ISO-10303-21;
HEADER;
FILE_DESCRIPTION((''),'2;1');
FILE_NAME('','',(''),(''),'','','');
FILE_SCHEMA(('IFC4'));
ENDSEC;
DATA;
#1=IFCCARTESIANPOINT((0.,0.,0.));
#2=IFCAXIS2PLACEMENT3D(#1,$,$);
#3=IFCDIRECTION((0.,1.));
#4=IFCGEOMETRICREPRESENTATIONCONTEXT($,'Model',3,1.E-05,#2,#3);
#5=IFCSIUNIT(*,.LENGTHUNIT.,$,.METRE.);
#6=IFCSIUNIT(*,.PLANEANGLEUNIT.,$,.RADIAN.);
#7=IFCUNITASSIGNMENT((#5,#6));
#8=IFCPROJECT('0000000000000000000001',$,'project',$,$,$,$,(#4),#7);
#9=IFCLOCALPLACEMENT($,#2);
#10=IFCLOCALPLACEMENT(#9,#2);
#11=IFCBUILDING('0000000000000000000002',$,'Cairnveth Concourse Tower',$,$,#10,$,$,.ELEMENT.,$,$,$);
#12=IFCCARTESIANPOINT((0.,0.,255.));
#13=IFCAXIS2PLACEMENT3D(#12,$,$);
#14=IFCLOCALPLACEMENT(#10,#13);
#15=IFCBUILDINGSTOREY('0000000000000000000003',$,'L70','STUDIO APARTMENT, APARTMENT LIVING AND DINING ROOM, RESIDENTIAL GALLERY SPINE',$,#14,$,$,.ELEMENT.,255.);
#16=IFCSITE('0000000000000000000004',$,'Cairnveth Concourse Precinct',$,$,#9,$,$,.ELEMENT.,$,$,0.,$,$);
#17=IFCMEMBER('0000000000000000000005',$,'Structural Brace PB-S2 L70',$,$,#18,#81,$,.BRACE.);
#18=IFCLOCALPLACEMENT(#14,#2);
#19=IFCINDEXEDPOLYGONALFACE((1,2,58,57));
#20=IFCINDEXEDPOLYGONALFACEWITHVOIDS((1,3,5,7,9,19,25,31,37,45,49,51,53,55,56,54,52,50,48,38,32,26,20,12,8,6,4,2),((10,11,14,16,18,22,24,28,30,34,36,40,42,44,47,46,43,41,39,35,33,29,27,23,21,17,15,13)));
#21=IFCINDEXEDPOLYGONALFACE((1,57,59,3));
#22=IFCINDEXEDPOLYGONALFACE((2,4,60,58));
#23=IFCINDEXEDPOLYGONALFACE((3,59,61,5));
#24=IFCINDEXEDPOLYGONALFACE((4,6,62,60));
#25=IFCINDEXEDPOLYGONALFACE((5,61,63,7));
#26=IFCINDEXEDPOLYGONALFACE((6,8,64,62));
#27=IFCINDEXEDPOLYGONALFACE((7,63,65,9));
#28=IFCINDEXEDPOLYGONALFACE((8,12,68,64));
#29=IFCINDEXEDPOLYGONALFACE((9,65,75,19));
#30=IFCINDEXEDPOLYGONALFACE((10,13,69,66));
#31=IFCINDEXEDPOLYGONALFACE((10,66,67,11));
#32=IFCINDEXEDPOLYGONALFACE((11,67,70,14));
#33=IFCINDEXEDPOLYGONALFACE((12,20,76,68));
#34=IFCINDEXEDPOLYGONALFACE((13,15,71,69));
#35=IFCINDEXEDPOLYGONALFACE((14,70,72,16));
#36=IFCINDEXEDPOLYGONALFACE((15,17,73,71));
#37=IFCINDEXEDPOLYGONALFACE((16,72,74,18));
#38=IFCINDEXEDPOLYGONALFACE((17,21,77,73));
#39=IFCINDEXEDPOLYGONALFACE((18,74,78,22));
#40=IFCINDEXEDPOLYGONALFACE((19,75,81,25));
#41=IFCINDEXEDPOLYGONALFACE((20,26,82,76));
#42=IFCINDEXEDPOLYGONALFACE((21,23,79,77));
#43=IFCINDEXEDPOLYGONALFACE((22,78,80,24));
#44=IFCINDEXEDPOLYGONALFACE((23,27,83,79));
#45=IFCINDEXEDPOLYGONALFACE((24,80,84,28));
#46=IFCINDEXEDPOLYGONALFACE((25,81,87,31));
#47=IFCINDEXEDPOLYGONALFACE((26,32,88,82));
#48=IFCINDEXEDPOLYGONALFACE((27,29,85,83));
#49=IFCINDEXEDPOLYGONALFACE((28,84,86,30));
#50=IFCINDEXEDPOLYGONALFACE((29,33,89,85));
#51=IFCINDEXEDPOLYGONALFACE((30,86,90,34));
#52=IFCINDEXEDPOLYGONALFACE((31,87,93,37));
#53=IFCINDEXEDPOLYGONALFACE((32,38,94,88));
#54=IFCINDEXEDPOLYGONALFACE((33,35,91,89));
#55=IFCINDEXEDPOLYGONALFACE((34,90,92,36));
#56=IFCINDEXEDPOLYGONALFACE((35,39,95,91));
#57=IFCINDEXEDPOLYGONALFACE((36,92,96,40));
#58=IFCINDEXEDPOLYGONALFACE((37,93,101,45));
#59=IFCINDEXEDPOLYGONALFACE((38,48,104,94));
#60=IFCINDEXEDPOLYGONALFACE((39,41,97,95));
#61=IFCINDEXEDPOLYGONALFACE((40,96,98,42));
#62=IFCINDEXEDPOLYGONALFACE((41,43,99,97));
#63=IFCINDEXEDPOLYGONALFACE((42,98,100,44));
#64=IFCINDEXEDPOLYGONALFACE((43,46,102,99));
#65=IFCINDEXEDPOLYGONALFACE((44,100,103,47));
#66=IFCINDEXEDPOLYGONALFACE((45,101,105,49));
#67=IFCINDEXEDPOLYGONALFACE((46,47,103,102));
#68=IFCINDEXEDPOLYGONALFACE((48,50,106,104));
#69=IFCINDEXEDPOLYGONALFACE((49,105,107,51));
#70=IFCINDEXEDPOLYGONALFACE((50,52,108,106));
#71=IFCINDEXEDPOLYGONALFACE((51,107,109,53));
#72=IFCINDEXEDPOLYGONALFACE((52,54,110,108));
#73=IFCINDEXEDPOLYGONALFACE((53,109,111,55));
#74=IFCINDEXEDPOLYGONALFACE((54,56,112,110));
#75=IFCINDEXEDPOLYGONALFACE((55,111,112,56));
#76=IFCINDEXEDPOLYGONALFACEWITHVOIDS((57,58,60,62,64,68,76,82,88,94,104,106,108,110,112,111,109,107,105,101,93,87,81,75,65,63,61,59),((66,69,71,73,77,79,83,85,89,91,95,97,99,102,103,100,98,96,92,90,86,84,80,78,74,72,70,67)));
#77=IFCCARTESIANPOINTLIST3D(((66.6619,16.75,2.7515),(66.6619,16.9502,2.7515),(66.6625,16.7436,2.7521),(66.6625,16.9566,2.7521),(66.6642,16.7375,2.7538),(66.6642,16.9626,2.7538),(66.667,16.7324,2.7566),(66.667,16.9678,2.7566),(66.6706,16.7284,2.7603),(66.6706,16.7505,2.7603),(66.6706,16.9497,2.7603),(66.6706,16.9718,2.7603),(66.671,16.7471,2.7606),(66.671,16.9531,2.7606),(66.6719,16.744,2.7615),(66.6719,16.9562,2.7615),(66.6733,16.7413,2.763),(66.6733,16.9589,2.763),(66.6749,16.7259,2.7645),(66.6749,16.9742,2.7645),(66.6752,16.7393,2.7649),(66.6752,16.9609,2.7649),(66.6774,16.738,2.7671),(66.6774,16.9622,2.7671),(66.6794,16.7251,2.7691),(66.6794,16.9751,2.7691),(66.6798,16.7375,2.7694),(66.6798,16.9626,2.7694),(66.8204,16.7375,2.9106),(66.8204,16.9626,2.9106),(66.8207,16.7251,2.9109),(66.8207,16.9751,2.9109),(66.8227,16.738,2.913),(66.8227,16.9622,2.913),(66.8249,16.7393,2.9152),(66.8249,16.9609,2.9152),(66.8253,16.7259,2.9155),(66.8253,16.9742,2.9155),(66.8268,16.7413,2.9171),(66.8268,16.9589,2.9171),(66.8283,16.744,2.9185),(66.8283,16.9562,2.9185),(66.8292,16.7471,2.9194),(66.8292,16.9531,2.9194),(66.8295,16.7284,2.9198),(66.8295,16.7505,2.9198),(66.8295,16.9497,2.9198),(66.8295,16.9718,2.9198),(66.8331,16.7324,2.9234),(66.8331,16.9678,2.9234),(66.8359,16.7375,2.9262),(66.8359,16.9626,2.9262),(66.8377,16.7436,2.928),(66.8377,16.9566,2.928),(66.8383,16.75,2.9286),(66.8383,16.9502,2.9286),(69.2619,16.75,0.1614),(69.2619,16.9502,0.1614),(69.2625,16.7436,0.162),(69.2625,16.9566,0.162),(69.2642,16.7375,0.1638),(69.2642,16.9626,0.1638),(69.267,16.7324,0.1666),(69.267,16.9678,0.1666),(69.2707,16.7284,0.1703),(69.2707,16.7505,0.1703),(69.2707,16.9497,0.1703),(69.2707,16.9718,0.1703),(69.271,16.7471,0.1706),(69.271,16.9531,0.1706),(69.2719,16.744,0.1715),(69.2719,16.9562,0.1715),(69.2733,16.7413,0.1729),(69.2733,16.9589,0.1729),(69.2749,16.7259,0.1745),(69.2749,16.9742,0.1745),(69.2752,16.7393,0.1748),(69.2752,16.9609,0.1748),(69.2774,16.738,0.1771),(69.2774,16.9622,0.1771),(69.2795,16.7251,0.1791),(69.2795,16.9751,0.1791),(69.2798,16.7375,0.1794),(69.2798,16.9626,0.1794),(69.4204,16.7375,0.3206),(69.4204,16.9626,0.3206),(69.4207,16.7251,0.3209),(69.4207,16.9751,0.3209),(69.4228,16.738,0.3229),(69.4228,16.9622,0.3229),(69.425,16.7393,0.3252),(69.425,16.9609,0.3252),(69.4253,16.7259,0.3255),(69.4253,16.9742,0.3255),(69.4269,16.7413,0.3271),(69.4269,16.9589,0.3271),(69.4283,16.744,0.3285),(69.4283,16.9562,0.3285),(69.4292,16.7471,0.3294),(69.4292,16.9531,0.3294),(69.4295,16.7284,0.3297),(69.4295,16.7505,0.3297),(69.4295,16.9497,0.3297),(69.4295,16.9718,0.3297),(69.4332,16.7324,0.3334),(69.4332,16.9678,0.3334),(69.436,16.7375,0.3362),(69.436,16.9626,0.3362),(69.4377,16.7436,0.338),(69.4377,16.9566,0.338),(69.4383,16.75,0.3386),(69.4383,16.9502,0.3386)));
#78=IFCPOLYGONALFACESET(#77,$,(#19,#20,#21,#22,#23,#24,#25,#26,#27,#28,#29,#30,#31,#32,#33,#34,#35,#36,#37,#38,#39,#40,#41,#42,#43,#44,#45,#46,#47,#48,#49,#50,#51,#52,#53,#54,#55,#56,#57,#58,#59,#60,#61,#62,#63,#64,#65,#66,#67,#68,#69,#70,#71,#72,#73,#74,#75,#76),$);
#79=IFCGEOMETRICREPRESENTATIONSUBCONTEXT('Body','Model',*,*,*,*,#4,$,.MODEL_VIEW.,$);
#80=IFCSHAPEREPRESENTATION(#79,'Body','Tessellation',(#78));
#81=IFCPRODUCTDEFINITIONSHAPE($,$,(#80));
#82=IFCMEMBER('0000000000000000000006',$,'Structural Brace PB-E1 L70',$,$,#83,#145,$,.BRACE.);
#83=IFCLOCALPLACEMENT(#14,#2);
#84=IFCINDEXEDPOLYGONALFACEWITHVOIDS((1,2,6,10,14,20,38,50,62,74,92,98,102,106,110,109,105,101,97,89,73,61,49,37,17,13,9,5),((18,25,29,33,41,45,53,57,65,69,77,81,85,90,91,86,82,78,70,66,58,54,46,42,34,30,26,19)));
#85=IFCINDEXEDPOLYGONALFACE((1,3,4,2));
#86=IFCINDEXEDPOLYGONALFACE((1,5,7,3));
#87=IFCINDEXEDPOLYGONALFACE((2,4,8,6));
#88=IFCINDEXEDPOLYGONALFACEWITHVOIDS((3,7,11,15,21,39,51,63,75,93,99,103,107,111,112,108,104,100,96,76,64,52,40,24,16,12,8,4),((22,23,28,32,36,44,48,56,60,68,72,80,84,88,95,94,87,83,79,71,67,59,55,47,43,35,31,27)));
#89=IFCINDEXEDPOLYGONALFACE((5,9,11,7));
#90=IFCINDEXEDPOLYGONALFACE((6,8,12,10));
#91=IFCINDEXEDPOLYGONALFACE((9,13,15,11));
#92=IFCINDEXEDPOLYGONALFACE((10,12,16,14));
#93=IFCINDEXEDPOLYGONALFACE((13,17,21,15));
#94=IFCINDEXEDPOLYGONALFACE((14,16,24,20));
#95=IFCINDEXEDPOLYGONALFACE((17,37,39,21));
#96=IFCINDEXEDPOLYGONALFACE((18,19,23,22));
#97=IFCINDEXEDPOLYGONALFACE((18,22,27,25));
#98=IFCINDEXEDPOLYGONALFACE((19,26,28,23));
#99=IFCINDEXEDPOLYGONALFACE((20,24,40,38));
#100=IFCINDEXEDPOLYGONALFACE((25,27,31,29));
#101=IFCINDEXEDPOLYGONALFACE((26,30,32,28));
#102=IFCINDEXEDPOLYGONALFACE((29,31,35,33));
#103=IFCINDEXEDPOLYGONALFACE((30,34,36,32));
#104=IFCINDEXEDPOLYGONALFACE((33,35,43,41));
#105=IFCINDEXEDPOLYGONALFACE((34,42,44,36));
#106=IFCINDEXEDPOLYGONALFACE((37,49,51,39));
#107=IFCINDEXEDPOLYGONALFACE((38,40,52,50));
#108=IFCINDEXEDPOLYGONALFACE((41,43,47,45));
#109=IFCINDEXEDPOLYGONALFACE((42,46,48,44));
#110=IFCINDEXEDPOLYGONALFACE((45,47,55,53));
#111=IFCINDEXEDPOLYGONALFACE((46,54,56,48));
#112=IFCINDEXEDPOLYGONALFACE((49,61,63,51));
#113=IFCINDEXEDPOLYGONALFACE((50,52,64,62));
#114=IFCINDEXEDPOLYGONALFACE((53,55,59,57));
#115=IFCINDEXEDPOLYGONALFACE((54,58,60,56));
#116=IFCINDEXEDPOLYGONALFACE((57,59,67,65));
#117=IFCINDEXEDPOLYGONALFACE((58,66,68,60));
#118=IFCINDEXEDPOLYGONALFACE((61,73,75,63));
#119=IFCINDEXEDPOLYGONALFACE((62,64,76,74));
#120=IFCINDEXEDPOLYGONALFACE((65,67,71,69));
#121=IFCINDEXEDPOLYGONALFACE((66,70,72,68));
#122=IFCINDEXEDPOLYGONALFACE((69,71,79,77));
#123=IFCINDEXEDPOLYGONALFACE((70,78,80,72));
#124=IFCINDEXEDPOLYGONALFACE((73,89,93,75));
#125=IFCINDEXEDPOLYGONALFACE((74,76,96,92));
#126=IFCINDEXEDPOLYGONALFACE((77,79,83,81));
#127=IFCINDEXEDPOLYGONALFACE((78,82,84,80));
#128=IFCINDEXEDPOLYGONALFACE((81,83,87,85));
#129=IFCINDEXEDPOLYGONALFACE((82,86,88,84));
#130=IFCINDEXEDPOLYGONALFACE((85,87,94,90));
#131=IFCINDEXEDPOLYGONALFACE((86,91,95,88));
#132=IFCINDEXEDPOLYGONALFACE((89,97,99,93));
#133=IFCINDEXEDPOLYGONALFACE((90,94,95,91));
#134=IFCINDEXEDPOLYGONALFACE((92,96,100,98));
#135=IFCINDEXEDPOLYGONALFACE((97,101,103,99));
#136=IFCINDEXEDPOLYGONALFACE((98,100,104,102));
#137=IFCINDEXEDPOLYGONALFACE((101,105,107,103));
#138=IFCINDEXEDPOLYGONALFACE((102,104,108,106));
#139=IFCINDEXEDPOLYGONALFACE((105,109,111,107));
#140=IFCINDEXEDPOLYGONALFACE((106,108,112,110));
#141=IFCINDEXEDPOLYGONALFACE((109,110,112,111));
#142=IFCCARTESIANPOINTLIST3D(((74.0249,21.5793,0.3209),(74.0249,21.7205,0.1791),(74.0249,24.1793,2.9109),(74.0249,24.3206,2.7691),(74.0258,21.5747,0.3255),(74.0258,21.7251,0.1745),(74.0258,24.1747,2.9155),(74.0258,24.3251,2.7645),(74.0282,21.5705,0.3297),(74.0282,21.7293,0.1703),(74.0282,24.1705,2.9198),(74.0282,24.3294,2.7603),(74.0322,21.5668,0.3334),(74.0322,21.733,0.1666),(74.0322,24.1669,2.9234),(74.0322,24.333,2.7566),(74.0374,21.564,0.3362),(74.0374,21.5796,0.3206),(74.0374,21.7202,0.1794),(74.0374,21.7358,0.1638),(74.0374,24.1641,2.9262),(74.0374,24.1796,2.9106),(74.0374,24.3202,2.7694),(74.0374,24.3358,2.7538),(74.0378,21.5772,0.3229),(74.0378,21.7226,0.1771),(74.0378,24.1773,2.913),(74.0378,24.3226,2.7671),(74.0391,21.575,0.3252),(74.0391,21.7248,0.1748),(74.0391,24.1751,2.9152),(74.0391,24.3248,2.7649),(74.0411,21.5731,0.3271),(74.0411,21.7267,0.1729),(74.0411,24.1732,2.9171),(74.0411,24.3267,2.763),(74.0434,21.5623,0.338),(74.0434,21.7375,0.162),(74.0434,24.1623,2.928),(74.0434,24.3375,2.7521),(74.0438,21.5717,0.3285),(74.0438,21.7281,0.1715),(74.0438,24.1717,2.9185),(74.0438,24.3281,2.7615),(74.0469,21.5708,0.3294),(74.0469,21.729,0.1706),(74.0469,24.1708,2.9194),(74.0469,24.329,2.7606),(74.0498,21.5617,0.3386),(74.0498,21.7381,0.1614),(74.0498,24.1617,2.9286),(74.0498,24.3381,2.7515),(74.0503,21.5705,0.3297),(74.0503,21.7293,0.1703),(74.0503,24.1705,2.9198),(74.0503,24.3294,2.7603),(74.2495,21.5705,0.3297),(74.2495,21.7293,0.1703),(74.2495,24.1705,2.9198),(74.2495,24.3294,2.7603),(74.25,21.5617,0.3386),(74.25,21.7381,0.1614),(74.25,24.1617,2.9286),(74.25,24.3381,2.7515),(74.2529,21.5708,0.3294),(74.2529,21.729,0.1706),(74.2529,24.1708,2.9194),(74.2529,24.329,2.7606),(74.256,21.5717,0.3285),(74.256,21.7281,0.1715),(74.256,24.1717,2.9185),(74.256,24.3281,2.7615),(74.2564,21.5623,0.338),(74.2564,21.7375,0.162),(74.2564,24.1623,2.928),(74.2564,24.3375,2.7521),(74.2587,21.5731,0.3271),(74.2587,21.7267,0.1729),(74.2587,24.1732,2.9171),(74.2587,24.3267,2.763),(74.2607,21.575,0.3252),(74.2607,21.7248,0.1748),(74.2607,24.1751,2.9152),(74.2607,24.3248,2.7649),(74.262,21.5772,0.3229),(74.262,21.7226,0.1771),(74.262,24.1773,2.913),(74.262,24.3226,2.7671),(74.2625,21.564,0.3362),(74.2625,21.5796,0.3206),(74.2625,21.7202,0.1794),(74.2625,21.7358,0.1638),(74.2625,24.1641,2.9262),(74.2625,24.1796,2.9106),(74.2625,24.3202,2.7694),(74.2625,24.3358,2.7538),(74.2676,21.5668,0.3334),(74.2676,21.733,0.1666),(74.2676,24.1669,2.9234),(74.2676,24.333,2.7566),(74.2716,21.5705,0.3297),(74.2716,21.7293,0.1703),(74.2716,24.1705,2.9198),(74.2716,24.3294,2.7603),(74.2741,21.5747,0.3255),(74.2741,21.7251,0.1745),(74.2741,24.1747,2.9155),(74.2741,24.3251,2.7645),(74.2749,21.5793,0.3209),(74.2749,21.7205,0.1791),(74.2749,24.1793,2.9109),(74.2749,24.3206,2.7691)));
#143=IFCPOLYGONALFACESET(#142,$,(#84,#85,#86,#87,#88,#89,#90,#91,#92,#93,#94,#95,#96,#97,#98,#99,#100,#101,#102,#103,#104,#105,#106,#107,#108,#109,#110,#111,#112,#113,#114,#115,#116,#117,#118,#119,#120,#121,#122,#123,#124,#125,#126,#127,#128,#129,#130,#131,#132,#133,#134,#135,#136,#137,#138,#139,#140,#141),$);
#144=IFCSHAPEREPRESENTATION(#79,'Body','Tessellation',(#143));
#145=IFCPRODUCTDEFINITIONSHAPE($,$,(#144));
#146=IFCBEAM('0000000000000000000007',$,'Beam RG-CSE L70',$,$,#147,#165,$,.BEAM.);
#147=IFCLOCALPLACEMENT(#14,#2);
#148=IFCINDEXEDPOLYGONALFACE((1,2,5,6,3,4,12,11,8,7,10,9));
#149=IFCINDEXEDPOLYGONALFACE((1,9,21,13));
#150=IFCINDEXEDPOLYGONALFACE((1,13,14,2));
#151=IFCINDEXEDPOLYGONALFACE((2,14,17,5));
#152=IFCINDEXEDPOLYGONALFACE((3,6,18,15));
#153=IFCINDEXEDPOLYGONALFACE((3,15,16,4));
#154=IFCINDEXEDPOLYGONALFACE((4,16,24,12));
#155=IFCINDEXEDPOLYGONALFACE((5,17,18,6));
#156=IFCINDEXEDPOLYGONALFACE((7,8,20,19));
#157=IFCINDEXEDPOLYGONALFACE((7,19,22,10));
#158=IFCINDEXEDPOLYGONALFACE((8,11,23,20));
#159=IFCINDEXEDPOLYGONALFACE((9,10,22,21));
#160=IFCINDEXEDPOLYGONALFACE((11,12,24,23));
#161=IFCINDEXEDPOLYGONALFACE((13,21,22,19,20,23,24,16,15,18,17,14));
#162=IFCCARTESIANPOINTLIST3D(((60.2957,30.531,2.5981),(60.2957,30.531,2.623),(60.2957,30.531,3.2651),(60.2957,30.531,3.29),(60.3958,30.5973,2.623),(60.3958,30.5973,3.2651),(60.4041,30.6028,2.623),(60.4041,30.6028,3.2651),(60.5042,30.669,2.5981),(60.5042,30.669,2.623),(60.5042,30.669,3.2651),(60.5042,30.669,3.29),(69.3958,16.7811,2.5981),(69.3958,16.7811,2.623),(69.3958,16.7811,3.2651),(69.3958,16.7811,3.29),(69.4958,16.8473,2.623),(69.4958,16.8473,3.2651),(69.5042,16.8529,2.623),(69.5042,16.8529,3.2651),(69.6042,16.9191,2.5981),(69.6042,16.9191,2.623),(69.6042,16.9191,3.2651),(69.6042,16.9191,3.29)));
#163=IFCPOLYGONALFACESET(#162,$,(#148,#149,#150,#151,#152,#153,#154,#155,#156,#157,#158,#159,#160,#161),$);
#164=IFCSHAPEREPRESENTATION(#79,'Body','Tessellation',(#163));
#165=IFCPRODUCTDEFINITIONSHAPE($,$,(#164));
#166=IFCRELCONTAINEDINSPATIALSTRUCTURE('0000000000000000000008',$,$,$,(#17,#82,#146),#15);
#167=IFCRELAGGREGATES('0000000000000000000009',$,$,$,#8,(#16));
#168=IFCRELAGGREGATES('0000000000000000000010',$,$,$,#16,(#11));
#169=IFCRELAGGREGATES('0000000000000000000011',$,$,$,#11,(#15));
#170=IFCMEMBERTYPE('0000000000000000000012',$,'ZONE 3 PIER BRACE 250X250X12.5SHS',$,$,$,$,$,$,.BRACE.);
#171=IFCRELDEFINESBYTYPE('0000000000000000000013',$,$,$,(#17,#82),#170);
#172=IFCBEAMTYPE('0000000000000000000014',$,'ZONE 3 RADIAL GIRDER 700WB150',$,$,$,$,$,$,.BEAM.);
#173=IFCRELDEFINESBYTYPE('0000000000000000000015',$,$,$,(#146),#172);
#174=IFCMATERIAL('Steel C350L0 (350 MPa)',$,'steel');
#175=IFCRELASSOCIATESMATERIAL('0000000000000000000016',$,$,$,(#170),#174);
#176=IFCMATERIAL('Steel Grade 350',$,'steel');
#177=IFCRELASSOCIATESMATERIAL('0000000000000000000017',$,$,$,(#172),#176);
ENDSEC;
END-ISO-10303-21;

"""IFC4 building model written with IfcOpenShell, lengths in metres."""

from ifc_helpers import new_model, si_unit, direction, frame, origin, origin_2d, place, context, subcontext, project, spatial, hollow_rectangle, i_section, extrude, material, material_profile, profile_set, type_object, element, save


model = new_model("IFC4")

# Units and contexts
model_context = context("Model", 3, precision=1e-05, world=origin(), true_north=direction((0.0, 1.0)))
body_context = subcontext(model_context, "Body", "Model", "MODEL_VIEW")
ifc_project = project(units=[si_unit("LENGTHUNIT", "METRE"), si_unit("PLANEANGLEUNIT", "RADIAN")], contexts=[model_context])

# Site, building, storey
site_placement = place(None, origin())
site = spatial("IfcSite", under=ifc_project, at=site_placement, Name="Cairnveth Concourse Precinct", CompositionType="ELEMENT", RefElevation=0.0)
building_placement = place(site_placement, origin())
building = spatial("IfcBuilding", under=site, at=building_placement, Name="Cairnveth Concourse Tower", CompositionType="ELEMENT")
storey_placement = place(building_placement, frame((0.0, 0.0, 255.0)))
storey = spatial("IfcBuildingStorey", under=building, at=storey_placement, Name="L70", Description="STUDIO APARTMENT, APARTMENT LIVING AND DINING ROOM, RESIDENTIAL GALLERY SPINE", CompositionType="ELEMENT", Elevation=255.0)

# Shared definitions
ifc_material_1 = material(Name="Steel Grade 350", Category="steel")

# Members
ifc_material_2 = material(Name="Steel C350L0 (350 MPa)", Category="steel")
ifc_material_profile_1 = material_profile(ifc_material_2, hollow_rectangle(XDim=0.25, YDim=0.25, WallThickness=0.0125, InnerFilletRadius=0.0129, OuterFilletRadius=0.0249, at=origin_2d()), Name="250x250x12.5SHS")
ifc_profile_set_1 = profile_set([ifc_material_profile_1], Name="Steel C350L0 (350 MPa)")
member_type = type_object("IfcMemberType", Name="ZONE 3 PIER BRACE 250X250X12.5SHS", PredefinedType="BRACE", material=ifc_profile_set_1)
for number, where, z_axis, x_axis, name in (
    (1, (69.3501, 16.8501, 0.25), (-0.708469, 0.0, 0.705742), (0.0, -1.0, 0.0), "Structural Brace PB-S2 L70"),
    (2, (74.1499, 21.6499, 0.25), (0.0, 0.708469, 0.705742), (-1.0, 0.0, 0.0), "Structural Brace PB-E1 L70"),
):
    element("IfcMember", number, at=place(storey_placement, frame(where, z_axis=z_axis, x_axis=x_axis)), inside=storey, type_object=member_type, Name=name, PredefinedType="BRACE", context=body_context, shape_type="SweptSolid", body=[
        extrude(hollow_rectangle(XDim=0.25, YDim=0.25, WallThickness=0.0125, InnerFilletRadius=0.0129, OuterFilletRadius=0.0249, at=origin_2d()), origin(), (0.0, 0.0, 1.0), 3.6699),
    ])

# Beam
ifc_material_profile_2 = material_profile(ifc_material_1, i_section(OverallWidth=0.25, OverallDepth=0.6919, WebThickness=0.01, FlangeThickness=0.0249, at=origin_2d()), Name="700WB150")
ifc_profile_set_2 = profile_set([ifc_material_profile_2], Name="Steel Grade 350")
beam_type_1 = type_object("IfcBeamType", Name="ZONE 3 RADIAL GIRDER 700WB150", PredefinedType="BEAM", material=ifc_profile_set_2)
beam_1_placement = place(storey_placement, frame((69.5, 16.8501, 2.9441), z_axis=(-0.551902, 0.833909, 0.0), x_axis=(-0.833909, -0.551902, 0.0)))
element("IfcBeam", 3, at=beam_1_placement, inside=storey, type_object=beam_type_1, Name="Beam RG-CSE L70", PredefinedType="BEAM", context=body_context, shape_type="SweptSolid", body=[
    extrude(i_section(OverallWidth=0.25, OverallDepth=0.6919, WebThickness=0.01, FlangeThickness=0.0249, at=origin_2d()), origin(), (0.0, 0.0, 1.0), 16.4885),
])

save(model, "model.ifc")
